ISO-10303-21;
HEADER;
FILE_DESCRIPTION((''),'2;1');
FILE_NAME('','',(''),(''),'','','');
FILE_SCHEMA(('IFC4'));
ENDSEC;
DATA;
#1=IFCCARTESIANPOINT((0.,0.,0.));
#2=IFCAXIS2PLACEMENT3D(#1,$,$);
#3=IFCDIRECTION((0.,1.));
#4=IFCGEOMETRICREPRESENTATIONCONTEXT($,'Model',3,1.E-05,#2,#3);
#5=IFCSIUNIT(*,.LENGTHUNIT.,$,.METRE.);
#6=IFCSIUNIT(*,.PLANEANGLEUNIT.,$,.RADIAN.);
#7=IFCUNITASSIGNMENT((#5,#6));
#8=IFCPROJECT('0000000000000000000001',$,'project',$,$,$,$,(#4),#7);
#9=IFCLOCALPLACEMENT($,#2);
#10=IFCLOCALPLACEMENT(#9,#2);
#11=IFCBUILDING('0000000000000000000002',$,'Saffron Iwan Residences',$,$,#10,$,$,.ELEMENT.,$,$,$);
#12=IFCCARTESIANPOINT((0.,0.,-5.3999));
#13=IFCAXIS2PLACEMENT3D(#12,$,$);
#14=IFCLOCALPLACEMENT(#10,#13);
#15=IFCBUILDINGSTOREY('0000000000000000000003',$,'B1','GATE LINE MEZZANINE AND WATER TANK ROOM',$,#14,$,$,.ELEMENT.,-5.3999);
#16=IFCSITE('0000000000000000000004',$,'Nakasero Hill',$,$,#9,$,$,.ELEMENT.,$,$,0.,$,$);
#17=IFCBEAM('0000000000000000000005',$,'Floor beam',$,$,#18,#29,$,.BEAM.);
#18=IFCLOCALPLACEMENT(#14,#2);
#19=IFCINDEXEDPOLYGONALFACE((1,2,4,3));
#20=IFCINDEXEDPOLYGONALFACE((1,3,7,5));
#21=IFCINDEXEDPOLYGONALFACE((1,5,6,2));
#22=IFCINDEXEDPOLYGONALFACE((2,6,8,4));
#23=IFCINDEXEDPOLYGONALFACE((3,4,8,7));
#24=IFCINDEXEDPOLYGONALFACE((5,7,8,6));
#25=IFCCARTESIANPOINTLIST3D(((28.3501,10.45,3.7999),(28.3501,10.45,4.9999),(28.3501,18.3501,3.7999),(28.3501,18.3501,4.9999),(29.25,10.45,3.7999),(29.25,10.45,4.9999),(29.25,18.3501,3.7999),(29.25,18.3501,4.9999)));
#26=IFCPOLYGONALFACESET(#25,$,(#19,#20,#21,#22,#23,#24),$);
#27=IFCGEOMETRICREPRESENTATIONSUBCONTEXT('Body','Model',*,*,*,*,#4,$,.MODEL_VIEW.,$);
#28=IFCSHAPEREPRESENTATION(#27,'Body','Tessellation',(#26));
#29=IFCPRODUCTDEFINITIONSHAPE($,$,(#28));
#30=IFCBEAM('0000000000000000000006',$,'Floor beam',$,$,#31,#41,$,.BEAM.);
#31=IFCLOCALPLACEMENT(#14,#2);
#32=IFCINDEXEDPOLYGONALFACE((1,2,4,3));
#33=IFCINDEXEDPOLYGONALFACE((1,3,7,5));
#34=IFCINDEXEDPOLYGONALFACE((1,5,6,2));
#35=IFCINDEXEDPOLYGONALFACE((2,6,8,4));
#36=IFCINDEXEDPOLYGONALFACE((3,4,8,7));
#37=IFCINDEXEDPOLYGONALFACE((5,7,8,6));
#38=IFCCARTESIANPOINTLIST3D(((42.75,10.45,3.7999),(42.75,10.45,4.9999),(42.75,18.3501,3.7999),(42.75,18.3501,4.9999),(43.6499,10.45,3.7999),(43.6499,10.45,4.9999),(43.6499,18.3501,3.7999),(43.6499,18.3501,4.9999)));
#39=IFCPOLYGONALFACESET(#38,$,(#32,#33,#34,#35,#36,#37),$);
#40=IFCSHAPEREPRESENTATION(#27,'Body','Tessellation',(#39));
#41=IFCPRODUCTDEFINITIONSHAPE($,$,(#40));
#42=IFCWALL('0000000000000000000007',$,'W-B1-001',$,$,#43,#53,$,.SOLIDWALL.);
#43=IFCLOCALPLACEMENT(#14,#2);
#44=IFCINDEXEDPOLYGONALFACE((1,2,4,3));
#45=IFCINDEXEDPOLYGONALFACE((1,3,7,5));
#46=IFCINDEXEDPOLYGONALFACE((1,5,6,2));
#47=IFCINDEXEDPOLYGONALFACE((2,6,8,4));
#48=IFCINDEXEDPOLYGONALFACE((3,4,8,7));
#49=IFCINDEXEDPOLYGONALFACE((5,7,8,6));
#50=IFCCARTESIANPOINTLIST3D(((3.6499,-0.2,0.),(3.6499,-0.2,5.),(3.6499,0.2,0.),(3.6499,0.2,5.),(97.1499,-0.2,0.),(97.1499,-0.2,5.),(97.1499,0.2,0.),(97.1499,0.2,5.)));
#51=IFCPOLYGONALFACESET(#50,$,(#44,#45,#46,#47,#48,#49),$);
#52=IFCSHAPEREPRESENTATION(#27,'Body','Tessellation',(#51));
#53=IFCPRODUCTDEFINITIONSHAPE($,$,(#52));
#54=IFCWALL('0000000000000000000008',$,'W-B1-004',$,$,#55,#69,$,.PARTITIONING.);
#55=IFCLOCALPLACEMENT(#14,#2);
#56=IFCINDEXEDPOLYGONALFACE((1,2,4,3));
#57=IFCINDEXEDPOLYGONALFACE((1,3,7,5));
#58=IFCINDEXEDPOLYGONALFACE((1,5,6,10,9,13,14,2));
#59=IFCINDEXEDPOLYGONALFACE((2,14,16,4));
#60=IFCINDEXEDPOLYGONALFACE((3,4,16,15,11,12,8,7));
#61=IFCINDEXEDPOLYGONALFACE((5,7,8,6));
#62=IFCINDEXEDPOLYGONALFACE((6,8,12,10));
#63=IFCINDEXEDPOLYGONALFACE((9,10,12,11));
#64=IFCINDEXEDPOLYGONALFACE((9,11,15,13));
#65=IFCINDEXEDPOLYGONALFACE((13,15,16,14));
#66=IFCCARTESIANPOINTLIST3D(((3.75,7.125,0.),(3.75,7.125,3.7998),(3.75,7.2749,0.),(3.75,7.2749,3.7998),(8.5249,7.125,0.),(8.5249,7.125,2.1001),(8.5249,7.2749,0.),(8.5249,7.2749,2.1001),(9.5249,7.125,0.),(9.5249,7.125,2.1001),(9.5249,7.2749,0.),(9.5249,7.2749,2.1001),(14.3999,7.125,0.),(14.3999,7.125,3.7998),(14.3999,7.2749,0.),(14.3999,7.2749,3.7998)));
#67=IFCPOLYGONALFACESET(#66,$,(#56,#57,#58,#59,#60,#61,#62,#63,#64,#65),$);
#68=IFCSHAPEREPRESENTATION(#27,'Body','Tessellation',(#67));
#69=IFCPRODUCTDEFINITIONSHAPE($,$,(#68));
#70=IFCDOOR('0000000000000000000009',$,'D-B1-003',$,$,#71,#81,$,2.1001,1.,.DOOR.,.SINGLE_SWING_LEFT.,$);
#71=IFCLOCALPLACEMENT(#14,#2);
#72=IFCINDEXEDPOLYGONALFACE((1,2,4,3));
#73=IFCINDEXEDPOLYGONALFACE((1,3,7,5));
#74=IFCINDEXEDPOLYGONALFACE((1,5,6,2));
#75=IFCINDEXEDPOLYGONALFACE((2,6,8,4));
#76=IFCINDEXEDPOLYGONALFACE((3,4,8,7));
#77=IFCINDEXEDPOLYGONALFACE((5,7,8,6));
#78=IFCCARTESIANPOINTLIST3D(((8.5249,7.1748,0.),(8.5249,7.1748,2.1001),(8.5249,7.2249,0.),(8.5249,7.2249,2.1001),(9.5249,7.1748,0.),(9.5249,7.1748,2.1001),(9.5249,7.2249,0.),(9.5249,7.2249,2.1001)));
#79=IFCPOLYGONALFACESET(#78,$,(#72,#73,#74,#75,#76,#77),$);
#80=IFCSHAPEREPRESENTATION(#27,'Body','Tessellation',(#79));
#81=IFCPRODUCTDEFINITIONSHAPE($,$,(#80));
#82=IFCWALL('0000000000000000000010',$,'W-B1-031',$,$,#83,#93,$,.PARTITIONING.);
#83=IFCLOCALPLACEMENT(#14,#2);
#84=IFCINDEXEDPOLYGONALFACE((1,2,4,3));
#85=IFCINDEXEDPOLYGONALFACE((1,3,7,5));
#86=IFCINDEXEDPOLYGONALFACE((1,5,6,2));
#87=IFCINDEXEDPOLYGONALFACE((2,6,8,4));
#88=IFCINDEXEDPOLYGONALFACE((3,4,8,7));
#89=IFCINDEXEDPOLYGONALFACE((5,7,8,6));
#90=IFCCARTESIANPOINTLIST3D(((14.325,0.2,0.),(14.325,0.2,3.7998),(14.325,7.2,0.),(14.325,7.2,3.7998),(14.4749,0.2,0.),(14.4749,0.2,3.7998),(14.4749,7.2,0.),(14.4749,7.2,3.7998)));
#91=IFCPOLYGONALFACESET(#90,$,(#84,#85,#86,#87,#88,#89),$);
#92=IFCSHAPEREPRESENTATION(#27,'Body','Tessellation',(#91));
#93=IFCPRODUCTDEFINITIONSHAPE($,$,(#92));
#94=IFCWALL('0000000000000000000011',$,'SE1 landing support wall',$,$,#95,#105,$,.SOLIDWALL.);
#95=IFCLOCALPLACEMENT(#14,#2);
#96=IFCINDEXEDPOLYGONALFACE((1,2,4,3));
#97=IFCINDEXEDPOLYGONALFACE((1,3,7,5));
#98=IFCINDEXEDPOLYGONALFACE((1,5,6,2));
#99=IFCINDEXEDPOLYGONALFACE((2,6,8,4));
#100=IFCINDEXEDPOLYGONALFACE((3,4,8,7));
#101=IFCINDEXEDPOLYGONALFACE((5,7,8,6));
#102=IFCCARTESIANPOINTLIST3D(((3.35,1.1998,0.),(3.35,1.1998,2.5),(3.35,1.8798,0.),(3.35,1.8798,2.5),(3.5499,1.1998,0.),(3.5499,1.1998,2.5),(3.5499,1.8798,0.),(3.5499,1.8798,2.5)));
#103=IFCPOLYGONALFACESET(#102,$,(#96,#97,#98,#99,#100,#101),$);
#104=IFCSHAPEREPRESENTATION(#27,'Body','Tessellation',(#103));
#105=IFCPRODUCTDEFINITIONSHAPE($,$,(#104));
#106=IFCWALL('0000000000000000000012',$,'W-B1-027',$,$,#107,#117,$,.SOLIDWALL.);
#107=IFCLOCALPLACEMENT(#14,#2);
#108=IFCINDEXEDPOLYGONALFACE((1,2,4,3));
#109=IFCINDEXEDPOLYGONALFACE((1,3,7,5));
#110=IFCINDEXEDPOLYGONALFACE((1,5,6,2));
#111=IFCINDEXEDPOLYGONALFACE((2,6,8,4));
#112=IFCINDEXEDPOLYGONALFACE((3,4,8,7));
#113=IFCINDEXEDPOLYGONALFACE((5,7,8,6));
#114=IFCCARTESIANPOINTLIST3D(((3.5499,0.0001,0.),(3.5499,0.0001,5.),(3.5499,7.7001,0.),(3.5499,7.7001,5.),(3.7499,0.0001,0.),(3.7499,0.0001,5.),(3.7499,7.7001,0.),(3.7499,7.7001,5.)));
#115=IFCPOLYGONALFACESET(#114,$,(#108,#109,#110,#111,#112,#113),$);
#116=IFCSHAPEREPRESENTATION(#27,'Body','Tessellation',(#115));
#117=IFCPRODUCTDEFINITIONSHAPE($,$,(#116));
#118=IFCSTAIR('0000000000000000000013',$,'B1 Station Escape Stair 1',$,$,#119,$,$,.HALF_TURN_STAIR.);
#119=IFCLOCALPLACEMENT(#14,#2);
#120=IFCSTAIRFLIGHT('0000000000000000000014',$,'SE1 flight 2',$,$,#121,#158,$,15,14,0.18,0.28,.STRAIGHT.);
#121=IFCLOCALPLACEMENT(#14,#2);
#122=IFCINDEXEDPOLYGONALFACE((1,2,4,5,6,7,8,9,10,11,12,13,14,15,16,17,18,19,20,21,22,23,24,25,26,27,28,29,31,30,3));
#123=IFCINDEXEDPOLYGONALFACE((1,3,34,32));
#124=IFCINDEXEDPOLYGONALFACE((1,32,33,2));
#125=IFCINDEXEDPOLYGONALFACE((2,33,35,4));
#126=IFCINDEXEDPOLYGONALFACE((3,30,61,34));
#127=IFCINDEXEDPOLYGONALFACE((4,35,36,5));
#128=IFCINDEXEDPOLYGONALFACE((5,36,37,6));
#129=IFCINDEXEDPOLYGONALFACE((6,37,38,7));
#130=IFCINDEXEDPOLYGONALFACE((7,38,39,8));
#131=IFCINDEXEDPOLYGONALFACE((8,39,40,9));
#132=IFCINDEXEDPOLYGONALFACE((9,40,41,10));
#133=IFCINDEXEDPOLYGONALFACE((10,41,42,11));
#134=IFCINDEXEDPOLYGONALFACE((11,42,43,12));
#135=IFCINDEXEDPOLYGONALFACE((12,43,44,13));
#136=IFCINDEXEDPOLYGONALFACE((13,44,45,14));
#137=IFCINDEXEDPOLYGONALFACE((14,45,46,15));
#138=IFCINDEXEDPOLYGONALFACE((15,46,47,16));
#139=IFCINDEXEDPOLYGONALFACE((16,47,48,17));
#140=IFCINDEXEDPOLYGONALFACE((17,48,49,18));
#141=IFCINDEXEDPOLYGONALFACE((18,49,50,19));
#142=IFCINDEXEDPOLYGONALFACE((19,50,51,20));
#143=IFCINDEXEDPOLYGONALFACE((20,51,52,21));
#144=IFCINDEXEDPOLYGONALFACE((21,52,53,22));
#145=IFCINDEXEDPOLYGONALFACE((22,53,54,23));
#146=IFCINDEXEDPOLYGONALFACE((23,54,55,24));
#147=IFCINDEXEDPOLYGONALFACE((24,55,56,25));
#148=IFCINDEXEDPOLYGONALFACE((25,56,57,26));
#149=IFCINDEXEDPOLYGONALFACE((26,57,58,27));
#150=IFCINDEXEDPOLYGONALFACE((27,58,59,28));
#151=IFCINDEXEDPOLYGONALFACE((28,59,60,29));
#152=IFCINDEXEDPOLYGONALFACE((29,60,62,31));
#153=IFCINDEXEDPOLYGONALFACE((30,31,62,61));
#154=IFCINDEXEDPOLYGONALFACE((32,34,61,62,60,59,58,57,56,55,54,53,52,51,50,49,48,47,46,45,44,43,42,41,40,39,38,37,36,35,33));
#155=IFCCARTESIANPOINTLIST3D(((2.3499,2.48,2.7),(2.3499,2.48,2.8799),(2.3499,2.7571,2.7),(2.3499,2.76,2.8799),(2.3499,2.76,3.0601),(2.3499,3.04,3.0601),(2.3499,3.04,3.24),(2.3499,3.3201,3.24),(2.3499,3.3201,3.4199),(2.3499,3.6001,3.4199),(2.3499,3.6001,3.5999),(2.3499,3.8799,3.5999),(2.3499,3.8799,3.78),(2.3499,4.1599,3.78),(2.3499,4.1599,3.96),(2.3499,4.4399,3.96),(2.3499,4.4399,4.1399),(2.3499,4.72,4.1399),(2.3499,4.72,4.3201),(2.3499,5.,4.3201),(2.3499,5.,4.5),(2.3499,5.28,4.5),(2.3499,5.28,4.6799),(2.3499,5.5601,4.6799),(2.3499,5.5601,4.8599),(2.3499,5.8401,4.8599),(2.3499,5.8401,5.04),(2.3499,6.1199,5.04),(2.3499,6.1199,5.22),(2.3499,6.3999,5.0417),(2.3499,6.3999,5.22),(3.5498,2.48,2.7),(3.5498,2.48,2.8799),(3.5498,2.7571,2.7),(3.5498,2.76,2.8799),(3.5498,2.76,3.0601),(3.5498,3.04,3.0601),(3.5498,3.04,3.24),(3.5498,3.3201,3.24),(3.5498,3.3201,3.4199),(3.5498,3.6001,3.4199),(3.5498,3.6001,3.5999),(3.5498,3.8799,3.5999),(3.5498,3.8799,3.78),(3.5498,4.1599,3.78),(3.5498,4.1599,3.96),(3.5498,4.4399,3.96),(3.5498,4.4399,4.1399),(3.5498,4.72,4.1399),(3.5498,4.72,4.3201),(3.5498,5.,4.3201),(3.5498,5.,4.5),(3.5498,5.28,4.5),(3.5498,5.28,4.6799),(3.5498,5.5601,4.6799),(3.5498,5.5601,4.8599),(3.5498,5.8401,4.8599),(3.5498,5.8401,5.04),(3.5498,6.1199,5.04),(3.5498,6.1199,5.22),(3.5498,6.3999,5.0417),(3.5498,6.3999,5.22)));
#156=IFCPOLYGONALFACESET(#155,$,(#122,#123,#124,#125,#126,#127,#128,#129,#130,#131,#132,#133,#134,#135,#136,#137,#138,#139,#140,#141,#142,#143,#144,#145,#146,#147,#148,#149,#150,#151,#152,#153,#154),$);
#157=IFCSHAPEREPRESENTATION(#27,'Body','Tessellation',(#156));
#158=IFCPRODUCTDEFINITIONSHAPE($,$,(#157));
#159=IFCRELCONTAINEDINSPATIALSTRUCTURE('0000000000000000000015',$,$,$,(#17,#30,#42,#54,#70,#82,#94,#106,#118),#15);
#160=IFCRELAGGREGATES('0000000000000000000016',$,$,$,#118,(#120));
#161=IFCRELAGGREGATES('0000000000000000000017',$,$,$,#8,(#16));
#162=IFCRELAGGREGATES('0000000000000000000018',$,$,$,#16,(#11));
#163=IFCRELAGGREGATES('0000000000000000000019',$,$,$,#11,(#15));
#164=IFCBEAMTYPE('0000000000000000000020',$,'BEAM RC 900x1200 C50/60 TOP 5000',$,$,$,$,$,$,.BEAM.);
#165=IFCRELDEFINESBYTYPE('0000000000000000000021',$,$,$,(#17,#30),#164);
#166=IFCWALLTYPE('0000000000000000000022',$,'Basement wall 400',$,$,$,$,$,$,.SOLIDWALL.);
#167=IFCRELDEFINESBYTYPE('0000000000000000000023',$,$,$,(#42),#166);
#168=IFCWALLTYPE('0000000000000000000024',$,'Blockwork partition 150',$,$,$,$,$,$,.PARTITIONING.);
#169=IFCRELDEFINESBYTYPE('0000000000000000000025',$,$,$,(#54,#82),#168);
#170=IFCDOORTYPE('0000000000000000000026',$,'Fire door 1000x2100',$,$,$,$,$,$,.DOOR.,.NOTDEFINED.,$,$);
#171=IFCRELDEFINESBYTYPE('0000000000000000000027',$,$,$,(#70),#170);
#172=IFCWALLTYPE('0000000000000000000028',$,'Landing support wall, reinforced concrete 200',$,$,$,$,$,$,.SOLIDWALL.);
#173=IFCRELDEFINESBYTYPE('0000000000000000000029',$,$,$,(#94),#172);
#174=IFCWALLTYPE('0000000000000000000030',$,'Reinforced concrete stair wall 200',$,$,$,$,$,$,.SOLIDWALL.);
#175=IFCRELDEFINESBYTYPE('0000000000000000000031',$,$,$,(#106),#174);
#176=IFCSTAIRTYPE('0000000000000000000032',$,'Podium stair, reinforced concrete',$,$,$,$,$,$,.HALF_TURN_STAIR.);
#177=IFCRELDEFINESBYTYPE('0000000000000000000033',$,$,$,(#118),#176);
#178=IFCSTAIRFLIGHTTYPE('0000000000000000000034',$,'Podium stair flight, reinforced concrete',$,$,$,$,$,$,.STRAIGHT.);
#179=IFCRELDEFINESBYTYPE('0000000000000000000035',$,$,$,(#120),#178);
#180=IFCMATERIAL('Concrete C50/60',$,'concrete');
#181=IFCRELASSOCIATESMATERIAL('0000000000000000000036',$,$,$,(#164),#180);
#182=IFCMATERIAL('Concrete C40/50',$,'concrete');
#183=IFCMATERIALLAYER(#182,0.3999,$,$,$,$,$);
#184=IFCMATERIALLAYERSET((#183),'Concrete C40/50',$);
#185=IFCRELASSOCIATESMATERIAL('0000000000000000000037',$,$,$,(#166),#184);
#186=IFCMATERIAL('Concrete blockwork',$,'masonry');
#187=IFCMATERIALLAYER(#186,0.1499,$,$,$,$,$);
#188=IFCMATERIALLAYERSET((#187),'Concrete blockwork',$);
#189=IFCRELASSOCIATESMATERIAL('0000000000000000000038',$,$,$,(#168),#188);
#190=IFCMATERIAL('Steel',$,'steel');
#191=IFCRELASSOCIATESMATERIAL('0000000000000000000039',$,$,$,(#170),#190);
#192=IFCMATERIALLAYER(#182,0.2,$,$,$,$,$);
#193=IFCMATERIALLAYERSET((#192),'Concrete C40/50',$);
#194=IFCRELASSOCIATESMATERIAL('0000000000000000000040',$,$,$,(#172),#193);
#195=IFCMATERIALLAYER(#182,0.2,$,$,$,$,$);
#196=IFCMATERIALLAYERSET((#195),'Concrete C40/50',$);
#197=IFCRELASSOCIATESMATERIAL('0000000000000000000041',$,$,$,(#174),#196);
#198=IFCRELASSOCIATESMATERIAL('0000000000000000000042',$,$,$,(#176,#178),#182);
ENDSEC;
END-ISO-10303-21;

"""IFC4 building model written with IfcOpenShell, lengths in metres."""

from ifc_helpers import new_model, si_unit, direction, frame, frame_2d, origin, origin_2d, place, context, subcontext, project, spatial, polyline, rectangle, outline, extrude, source, transform, mapped, material, layer, layer_set, material_profile, profile_set, type_object, element, fill, aggregate, save


model = new_model("IFC4")

# Units and contexts
model_context = context("Model", 3, precision=1e-05, world=origin(), true_north=direction((0.0, 1.0)))
body_context = subcontext(model_context, "Body", "Model", "MODEL_VIEW")
ifc_project = project(units=[si_unit("LENGTHUNIT", "METRE"), si_unit("PLANEANGLEUNIT", "RADIAN")], contexts=[model_context])

# Site, building, storey
site_placement = place(None, origin())
site = spatial("IfcSite", under=ifc_project, at=site_placement, Name="Nakasero Hill", CompositionType="ELEMENT", RefElevation=0.0)
building_placement = place(site_placement, origin())
building = spatial("IfcBuilding", under=site, at=building_placement, Name="Saffron Iwan Residences", CompositionType="ELEMENT")
storey_placement = place(building_placement, frame((0.0, 0.0, -5.3999)))
storey = spatial("IfcBuildingStorey", under=building, at=storey_placement, Name="B1", Description="GATE LINE MEZZANINE AND WATER TANK ROOM", CompositionType="ELEMENT", Elevation=-5.3999)

# Shared definitions
ifc_material_1 = material(Name="Concrete C50/60", Category="concrete")

# Beams
ifc_material_profile_1 = material_profile(ifc_material_1, rectangle(XDim=0.8999, YDim=1.2, at=origin_2d()), Name="RC 900x1200")
ifc_profile_set_1 = profile_set([ifc_material_profile_1], Name="Concrete C50/60")
beam_type_1 = type_object("IfcBeamType", Name="BEAM RC 900x1200 C50/60 TOP 5000", PredefinedType="BEAM", material=ifc_profile_set_1)
shared_shape_1 = source(origin(), body_context, "Body", "SweptSolid", [
    extrude(rectangle(XDim=0.8999, YDim=1.2, at=origin_2d()), origin(), (0.0, 0.0, 1.0), 7.9001),
])
for number, where, z_axis, x_axis, name in (
    (1, (28.8, 10.45, 4.3999), (0.0, 1.0, 0.0), (-1.0, 0.0, 0.0), "Floor beam"),
    (2, (43.2, 10.45, 4.3999), (0.0, 1.0, 0.0), (-1.0, 0.0, 0.0), "Floor beam"),
):
    element("IfcBeam", number, at=place(storey_placement, frame(where, z_axis=z_axis, x_axis=x_axis)), inside=storey, type_object=beam_type_1, Name=name, PredefinedType="BEAM", context=body_context, shape_type="MappedRepresentation", body=[
        mapped(shared_shape_1, transform((0.0, 0.0, 0.0))),
    ])

# Wall
ifc_material_2 = material(Name="Concrete C40/50", Category="concrete")
ifc_layer_1 = layer(ifc_material_2, 0.3999)
ifc_layer_set_1 = layer_set([ifc_layer_1], Name="Concrete C40/50")
wall_type_1 = type_object("IfcWallType", Name="Basement wall 400", PredefinedType="SOLIDWALL", material=ifc_layer_set_1)
wall_1_placement = place(storey_placement, frame((3.6499, 0.0, 0.0), z_axis=(0.0, 0.0, 1.0), x_axis=(1.0, 0.0, 0.0)))
element("IfcWall", 3, at=wall_1_placement, inside=storey, type_object=wall_type_1, Name="W-B1-001", PredefinedType="SOLIDWALL", context=body_context, shape_type="SweptSolid", body=[
    extrude(rectangle(XDim=93.5, YDim=0.3999, at=frame_2d((46.75, 0.0))), origin(), (0.0, 0.0, 1.0), 5.0),
])

# Wall, opening, door
ifc_material_3 = material(Name="Concrete blockwork", Category="masonry")
ifc_layer_2 = layer(ifc_material_3, 0.1499)
ifc_layer_set_2 = layer_set([ifc_layer_2], Name="Concrete blockwork")
wall_type_2 = type_object("IfcWallType", Name="Blockwork partition 150", PredefinedType="PARTITIONING", material=ifc_layer_set_2)
wall_2_placement = place(storey_placement, frame((3.75, 7.2, 0.0), z_axis=(0.0, 0.0, 1.0), x_axis=(1.0, 0.0, 0.0)))
wall_2 = element("IfcWall", 4, at=wall_2_placement, inside=storey, type_object=wall_type_2, Name="W-B1-004", PredefinedType="PARTITIONING", context=body_context, shape_type="SweptSolid", body=[
    extrude(rectangle(XDim=10.6499, YDim=0.1499, at=frame_2d((5.325, 0.0))), origin(), (0.0, 0.0, 1.0), 3.7998),
])
opening_placement = place(wall_2_placement, frame((4.7749, 0.0, 0.0)))
opening = element("IfcOpeningElement", 5, at=opening_placement, cuts=wall_2, PredefinedType="OPENING", context=body_context, shape_type="SweptSolid", body=[
    extrude(rectangle(XDim=1.0, YDim=2.1001, at=frame_2d((0.5, 1.05))), frame((0.0, 0.085, 0.0), z_axis=(0.0, -1.0, 0.0), x_axis=(1.0, 0.0, 0.0)), (0.0, 0.0, 1.0), 0.1699),
])
ifc_material_4 = material(Name="Steel", Category="steel")
door_type = type_object("IfcDoorType", Name="Fire door 1000x2100", OperationType="NOTDEFINED", PredefinedType="DOOR", material=ifc_material_4)
door_placement = place(opening_placement, origin())
door = element("IfcDoor", 6, at=door_placement, inside=storey, type_object=door_type, Name="D-B1-003", OperationType="SINGLE_SWING_LEFT", OverallHeight=2.1001, OverallWidth=1.0, PredefinedType="DOOR", context=body_context, shape_type="SweptSolid", body=[
    extrude(rectangle(XDim=1.0, YDim=2.1001, at=frame_2d((0.5, 1.05))), frame((0.0, 0.0249, 0.0), z_axis=(0.0, -1.0, 0.0), x_axis=(1.0, 0.0, 0.0)), (0.0, 0.0, 1.0), 0.05),
])
fill(opening, door)

# Walls
wall_3_placement = place(storey_placement, frame((14.3999, 0.2, 0.0), z_axis=(0.0, 0.0, 1.0), x_axis=(0.0, 1.0, 0.0)))
element("IfcWall", 7, at=wall_3_placement, inside=storey, type_object=wall_type_2, Name="W-B1-031", PredefinedType="PARTITIONING", context=body_context, shape_type="SweptSolid", body=[
    extrude(rectangle(XDim=7.0, YDim=0.1499, at=frame_2d((3.5, 0.0))), origin(), (0.0, 0.0, 1.0), 3.7998),
])
ifc_layer_3 = layer(ifc_material_2, 0.2)
ifc_layer_set_3 = layer_set([ifc_layer_3], Name="Concrete C40/50")
wall_type_3 = type_object("IfcWallType", Name="Landing support wall, reinforced concrete 200", PredefinedType="SOLIDWALL", material=ifc_layer_set_3)
wall_4_placement = place(storey_placement, frame((3.45, 1.2, 0.0), z_axis=(0.0, 0.0, 1.0), x_axis=(0.0, 1.0, 0.0)))
element("IfcWall", 8, at=wall_4_placement, inside=storey, type_object=wall_type_3, Name="SE1 landing support wall", PredefinedType="SOLIDWALL", context=body_context, shape_type="SweptSolid", body=[
    extrude(rectangle(XDim=0.6799, YDim=0.2, at=frame_2d((0.3398, 0.0))), origin(), (0.0, 0.0, 1.0), 2.5),
])
ifc_layer_4 = layer(ifc_material_2, 0.2)
ifc_layer_set_4 = layer_set([ifc_layer_4], Name="Concrete C40/50")
wall_type_4 = type_object("IfcWallType", Name="Reinforced concrete stair wall 200", PredefinedType="SOLIDWALL", material=ifc_layer_set_4)
wall_5_placement = place(storey_placement, frame((3.6499, 0.0, 0.0), z_axis=(0.0, 0.0, 1.0), x_axis=(0.0, 1.0, 0.0)))
element("IfcWall", 9, at=wall_5_placement, inside=storey, type_object=wall_type_4, Name="W-B1-027", PredefinedType="SOLIDWALL", context=body_context, shape_type="SweptSolid", body=[
    extrude(rectangle(XDim=7.7, YDim=0.2, at=frame_2d((3.8501, 0.0))), origin(), (0.0, 0.0, 1.0), 5.0),
])

# Stair, stair flight
stair_type = type_object("IfcStairType", Name="Podium stair, reinforced concrete", PredefinedType="HALF_TURN_STAIR", material=ifc_material_2)
stair_placement = place(storey_placement, origin())
stair = element("IfcStair", 10, at=stair_placement, inside=storey, type_object=stair_type, Name="B1 Station Escape Stair 1", PredefinedType="HALF_TURN_STAIR")
stair_flight_type = type_object("IfcStairFlightType", Name="Podium stair flight, reinforced concrete", PredefinedType="STRAIGHT", material=ifc_material_2)
stair_flight_placement = place(storey_placement, frame((2.95, 2.48, 2.7), z_axis=(0.0, 0.0, 1.0), x_axis=(0.0, 1.0, 0.0)))
stair_flight = element("IfcStairFlight", 11, at=stair_flight_placement, type_object=stair_flight_type, Name="SE1 flight 2", NumberOfRisers=15, NumberOfTreads=14, PredefinedType="STRAIGHT", RiserHeight=0.18, TreadLength=0.28, context=body_context, shape_type="SweptSolid", body=[
    extrude(outline(polyline([(0.0, 0.0), (0.0, 0.1799), (0.28, 0.1799), (0.28, 0.3601), (0.5601, 0.3601), (0.5601, 0.54), (0.8401, 0.54), (0.8401, 0.72), (1.1201, 0.72), (1.1201, 0.8999), (1.3999, 0.8999), (1.3999, 1.0801), (1.6799, 1.0801), (1.6799, 1.26), (1.96, 1.26), (1.96, 1.4399), (2.24, 1.4399), (2.24, 1.6201), (2.52, 1.6201), (2.52, 1.8), (2.8, 1.8), (2.8, 1.98), (3.0801, 1.98), (3.0801, 2.1599), (3.3601, 2.1599), (3.3601, 2.3401), (3.6399, 2.3401), (3.6399, 2.52), (3.9199, 2.52), (3.9199, 2.7), (3.9199, 2.3418), (0.2771, 0.0), (0.0, 0.0)])), frame((0.0, 0.6001, 0.0), z_axis=(0.0, -1.0, 0.0), x_axis=(1.0, 0.0, 0.0)), (0.0, 0.0, 1.0), 1.2),
])
aggregate(stair, [stair_flight])

save(model, "model.ifc")
